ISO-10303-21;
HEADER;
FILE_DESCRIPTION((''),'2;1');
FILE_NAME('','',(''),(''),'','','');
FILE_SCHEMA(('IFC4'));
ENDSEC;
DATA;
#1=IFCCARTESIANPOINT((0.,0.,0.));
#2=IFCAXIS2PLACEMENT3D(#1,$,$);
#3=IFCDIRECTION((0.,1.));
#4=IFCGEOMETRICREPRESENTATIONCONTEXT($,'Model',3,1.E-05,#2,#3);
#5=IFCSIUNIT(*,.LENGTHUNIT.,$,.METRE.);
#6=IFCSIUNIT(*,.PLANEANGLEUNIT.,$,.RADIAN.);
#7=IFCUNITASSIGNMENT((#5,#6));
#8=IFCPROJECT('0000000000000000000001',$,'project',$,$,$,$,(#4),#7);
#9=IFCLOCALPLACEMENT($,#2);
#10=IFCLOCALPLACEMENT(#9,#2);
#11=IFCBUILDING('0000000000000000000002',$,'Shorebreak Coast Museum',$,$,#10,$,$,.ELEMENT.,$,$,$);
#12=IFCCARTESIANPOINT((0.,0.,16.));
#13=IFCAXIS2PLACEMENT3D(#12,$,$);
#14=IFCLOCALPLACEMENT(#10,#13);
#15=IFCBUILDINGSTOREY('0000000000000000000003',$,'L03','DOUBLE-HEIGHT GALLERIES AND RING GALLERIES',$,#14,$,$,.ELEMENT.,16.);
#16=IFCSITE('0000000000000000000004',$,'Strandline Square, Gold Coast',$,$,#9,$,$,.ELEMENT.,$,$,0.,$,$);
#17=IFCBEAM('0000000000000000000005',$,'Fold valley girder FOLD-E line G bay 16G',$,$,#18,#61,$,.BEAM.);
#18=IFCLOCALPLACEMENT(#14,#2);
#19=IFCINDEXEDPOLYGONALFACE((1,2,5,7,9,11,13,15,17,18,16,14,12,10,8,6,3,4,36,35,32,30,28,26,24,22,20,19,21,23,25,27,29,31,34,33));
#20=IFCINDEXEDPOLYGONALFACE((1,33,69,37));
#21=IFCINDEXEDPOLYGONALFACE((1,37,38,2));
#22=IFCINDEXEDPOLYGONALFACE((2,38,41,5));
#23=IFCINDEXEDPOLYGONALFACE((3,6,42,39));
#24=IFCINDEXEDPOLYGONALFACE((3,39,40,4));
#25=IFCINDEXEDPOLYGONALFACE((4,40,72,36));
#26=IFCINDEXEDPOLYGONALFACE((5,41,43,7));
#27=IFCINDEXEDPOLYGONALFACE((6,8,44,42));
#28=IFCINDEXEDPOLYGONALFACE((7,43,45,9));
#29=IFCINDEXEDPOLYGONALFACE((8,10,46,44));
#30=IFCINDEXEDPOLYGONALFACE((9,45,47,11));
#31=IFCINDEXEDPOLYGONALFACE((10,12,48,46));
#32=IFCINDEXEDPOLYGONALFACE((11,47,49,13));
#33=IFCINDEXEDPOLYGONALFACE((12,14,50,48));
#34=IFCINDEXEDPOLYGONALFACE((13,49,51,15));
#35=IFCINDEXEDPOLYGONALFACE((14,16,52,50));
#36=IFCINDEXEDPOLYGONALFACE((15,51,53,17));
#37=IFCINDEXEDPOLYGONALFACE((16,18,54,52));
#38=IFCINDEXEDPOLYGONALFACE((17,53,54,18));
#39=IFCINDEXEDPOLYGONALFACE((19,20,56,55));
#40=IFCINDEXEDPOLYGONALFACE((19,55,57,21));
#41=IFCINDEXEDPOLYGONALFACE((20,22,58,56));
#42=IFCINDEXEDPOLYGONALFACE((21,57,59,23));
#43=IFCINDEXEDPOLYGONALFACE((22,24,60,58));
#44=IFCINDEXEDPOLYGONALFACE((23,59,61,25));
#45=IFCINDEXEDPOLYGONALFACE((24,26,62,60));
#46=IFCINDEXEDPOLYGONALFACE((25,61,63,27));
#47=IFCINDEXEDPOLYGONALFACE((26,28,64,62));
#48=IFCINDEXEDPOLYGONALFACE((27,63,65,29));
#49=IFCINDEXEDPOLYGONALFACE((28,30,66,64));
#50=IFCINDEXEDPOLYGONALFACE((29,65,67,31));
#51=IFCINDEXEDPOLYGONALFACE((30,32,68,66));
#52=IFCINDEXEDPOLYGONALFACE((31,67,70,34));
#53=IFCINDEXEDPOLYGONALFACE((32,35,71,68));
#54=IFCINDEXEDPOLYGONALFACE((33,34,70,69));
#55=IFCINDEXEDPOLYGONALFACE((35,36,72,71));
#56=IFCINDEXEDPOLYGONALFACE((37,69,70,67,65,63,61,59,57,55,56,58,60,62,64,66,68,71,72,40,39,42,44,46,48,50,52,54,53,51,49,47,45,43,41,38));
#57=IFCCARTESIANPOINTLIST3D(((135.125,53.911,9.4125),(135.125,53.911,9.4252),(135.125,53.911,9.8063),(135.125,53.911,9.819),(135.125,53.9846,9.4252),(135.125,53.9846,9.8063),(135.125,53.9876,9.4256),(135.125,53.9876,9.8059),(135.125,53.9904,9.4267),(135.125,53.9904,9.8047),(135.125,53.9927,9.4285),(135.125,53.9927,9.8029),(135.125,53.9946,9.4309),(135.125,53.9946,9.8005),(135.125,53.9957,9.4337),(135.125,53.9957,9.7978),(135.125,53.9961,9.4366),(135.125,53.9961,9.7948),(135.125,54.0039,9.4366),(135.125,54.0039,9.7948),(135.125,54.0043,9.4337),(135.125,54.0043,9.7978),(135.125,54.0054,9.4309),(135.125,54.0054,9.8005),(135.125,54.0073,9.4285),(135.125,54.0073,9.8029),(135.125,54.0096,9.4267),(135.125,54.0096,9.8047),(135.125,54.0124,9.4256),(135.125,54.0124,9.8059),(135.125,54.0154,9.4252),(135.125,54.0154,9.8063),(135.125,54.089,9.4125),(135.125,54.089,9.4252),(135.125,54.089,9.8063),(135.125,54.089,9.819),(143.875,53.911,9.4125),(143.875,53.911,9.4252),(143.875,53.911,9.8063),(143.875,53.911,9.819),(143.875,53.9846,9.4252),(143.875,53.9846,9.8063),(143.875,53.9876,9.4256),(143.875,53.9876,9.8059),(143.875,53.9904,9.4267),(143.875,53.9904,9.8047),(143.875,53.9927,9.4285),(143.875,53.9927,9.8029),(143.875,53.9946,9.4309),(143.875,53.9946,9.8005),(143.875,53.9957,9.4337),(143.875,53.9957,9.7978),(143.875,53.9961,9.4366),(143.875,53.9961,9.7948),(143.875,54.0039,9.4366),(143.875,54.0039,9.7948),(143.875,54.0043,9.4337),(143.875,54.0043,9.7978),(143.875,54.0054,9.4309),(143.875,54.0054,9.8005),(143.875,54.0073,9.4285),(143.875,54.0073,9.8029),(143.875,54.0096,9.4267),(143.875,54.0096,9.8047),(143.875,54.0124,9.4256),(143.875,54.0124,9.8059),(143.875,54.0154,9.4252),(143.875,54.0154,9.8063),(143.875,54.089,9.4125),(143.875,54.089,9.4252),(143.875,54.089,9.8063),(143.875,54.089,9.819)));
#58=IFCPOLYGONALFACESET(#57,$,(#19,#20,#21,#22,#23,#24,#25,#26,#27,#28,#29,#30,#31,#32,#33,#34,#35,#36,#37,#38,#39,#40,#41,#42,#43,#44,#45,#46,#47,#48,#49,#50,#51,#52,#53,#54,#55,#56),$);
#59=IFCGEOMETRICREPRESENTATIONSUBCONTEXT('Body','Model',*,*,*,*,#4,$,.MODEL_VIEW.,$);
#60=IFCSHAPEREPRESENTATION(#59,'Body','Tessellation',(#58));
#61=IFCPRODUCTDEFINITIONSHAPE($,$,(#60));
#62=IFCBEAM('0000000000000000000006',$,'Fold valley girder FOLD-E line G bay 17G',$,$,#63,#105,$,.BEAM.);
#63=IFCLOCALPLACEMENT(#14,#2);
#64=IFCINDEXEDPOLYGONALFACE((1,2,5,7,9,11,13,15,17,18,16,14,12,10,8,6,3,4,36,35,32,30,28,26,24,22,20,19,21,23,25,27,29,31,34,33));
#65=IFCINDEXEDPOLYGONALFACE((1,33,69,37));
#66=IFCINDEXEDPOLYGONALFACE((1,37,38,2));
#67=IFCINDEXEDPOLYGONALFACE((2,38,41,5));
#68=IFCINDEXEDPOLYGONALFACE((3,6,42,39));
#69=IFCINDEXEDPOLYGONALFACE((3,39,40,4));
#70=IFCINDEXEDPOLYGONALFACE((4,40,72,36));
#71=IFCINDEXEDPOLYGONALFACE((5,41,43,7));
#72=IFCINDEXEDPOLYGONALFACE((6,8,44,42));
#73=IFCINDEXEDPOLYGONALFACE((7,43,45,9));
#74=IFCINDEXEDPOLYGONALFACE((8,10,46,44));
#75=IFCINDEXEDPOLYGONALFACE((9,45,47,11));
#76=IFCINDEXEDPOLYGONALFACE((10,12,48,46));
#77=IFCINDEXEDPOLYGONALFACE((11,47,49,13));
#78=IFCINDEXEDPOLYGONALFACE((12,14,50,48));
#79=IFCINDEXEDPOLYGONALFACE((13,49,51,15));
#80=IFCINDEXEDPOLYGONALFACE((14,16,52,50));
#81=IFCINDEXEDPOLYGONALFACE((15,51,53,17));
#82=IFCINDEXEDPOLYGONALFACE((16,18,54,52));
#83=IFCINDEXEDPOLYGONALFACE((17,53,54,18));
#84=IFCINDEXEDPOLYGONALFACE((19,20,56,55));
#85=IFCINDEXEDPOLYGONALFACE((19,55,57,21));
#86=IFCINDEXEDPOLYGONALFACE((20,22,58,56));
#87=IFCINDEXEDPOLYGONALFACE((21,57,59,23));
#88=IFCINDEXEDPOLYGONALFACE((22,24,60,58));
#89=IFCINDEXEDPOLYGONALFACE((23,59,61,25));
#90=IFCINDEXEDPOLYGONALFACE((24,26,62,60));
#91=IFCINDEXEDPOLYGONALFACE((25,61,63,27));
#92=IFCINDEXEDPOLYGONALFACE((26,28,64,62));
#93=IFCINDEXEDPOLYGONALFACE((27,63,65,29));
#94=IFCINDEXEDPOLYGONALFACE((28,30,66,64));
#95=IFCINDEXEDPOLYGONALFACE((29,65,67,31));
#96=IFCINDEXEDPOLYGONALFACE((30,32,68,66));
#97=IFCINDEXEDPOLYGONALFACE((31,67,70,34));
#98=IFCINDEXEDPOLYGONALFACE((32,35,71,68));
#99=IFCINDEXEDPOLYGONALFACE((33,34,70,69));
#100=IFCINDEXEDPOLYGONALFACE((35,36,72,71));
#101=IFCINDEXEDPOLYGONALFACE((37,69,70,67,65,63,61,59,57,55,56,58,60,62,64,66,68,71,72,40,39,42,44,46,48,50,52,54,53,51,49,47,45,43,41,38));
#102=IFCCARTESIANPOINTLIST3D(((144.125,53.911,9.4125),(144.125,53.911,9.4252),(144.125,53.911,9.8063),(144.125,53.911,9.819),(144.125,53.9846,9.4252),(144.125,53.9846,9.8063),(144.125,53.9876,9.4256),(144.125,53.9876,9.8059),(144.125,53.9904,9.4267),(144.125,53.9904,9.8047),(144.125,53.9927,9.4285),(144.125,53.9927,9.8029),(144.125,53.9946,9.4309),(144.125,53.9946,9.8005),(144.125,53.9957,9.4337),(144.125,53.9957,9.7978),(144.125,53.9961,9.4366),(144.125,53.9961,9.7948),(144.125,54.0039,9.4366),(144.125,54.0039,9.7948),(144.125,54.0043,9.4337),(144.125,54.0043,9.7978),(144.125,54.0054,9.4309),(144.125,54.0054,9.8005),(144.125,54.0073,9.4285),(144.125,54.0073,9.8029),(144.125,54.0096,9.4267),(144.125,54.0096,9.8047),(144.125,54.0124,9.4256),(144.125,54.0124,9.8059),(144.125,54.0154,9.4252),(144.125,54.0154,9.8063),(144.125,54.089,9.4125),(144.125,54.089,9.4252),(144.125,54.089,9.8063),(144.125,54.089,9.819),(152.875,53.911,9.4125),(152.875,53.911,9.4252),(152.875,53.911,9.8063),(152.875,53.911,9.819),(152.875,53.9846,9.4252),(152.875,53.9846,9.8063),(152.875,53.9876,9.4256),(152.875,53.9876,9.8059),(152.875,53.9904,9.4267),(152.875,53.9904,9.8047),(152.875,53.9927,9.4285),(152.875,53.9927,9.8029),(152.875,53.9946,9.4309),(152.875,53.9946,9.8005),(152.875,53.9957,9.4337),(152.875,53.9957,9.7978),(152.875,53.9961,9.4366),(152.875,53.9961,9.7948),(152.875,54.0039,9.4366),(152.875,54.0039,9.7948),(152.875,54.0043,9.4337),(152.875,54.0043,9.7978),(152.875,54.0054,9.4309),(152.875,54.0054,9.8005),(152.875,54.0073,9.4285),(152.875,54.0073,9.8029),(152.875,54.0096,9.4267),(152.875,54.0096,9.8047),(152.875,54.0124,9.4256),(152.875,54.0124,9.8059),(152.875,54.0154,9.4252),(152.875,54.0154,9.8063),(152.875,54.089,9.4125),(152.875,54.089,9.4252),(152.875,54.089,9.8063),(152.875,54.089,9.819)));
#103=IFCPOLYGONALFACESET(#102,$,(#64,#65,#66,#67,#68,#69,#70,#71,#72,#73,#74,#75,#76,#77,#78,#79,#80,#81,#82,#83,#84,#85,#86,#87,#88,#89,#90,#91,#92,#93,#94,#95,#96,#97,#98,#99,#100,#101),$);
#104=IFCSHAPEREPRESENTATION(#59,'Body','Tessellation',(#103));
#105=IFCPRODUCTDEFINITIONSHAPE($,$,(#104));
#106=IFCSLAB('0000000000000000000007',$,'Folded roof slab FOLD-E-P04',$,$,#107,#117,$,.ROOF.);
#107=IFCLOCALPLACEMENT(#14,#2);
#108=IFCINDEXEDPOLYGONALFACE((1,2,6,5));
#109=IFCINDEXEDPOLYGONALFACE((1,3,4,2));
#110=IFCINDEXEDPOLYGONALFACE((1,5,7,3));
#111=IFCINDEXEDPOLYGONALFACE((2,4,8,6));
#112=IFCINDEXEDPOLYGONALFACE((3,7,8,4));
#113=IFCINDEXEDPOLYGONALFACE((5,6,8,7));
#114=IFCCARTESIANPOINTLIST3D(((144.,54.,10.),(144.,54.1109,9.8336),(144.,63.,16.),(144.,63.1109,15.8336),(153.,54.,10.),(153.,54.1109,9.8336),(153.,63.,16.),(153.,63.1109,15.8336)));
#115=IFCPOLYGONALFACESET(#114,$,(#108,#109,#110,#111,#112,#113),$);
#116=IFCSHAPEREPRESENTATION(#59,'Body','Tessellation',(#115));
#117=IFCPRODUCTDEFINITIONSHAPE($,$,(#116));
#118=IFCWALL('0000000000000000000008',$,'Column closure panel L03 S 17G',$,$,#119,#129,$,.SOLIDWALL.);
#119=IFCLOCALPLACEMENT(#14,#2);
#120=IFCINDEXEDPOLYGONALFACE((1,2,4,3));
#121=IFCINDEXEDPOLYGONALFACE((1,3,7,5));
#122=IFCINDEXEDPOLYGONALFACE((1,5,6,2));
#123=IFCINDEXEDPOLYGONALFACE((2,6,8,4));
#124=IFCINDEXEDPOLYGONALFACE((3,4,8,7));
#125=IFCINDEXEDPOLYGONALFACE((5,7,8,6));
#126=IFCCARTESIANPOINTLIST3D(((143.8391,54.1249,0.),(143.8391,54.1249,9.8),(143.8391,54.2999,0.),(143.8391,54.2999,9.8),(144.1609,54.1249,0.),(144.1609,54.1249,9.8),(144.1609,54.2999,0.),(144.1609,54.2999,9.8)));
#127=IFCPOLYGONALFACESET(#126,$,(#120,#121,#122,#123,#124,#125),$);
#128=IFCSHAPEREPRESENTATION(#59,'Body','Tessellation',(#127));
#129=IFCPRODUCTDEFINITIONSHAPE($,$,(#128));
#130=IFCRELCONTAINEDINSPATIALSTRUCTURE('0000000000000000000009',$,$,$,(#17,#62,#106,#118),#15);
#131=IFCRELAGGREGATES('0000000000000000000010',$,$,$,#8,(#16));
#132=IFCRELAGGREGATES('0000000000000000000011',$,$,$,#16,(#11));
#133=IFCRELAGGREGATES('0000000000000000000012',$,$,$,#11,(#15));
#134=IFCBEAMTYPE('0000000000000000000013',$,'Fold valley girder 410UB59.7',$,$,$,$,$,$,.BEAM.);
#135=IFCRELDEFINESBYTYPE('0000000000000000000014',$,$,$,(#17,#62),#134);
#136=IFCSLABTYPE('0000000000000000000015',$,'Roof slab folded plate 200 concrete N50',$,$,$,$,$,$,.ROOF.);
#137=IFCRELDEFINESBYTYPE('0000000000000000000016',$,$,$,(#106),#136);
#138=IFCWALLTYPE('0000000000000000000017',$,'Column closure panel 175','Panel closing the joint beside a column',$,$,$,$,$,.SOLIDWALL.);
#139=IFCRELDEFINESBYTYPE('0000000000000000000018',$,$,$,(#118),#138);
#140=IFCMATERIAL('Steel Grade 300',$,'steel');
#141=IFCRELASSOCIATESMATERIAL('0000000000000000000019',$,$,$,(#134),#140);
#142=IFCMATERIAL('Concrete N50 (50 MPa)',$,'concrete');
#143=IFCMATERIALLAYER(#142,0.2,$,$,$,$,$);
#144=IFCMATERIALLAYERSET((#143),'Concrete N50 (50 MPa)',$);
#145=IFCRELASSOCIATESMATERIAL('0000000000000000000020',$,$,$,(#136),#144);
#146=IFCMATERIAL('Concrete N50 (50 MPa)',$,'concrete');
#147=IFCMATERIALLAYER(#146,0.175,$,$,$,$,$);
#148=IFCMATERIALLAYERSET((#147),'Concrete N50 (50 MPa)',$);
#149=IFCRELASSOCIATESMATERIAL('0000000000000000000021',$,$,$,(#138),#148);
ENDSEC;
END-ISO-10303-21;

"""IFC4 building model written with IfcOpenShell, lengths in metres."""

from ifc_helpers import new_model, si_unit, direction, frame, frame_2d, origin, origin_2d, place, context, subcontext, project, spatial, polyline, rectangle, i_section, outline, extrude, material, layer, layer_set, material_profile, profile_set, type_object, element, save


model = new_model("IFC4")

# Units and contexts
model_context = context("Model", 3, precision=1e-05, world=origin(), true_north=direction((0.0, 1.0)))
body_context = subcontext(model_context, "Body", "Model", "MODEL_VIEW")
ifc_project = project(units=[si_unit("LENGTHUNIT", "METRE"), si_unit("PLANEANGLEUNIT", "RADIAN")], contexts=[model_context])

# Site, building, storey
site_placement = place(None, origin())
site = spatial("IfcSite", under=ifc_project, at=site_placement, Name="Strandline Square, Gold Coast", CompositionType="ELEMENT", RefElevation=0.0)
building_placement = place(site_placement, origin())
building = spatial("IfcBuilding", under=site, at=building_placement, Name="Shorebreak Coast Museum", CompositionType="ELEMENT")
storey_placement = place(building_placement, frame((0.0, 0.0, 16.0)))
storey = spatial("IfcBuildingStorey", under=building, at=storey_placement, Name="L03", Description="DOUBLE-HEIGHT GALLERIES AND RING GALLERIES", CompositionType="ELEMENT", Elevation=16.0)

# Beams
ifc_material_1 = material(Name="Steel Grade 300", Category="steel")
ifc_material_profile_1 = material_profile(ifc_material_1, i_section(OverallWidth=0.178, OverallDepth=0.4065, WebThickness=0.0078, FlangeThickness=0.0127, FilletRadius=0.0115, at=origin_2d()), Name="410UB59.7")
ifc_profile_set_1 = profile_set([ifc_material_profile_1], Name="Steel Grade 300")
beam_type_1 = type_object("IfcBeamType", Name="Fold valley girder 410UB59.7", PredefinedType="BEAM", material=ifc_profile_set_1)
for number, where, z_axis, x_axis, name in (
    (1, (135.125, 54.0, 9.6157), (1.0, 0.0, 0.0), (0.0, 1.0, 0.0), "Fold valley girder FOLD-E line G bay 16G"),
    (2, (144.125, 54.0, 9.6157), (1.0, 0.0, 0.0), (0.0, 1.0, 0.0), "Fold valley girder FOLD-E line G bay 17G"),
):
    element("IfcBeam", number, at=place(storey_placement, frame(where, z_axis=z_axis, x_axis=x_axis)), inside=storey, type_object=beam_type_1, Name=name, PredefinedType="BEAM", context=body_context, shape_type="SweptSolid", body=[
        extrude(i_section(OverallWidth=0.178, OverallDepth=0.4065, WebThickness=0.0078, FlangeThickness=0.0127, FilletRadius=0.0115, at=origin_2d()), origin(), (0.0, 0.0, 1.0), 8.75),
    ])

# Slab
ifc_material_2 = material(Name="Concrete N50 (50 MPa)", Category="concrete")
ifc_layer_1 = layer(ifc_material_2, 0.2)
ifc_layer_set_1 = layer_set([ifc_layer_1], Name="Concrete N50 (50 MPa)")
slab_type = type_object("IfcSlabType", Name="Roof slab folded plate 200 concrete N50", PredefinedType="ROOF", material=ifc_layer_set_1)
slab_placement = place(storey_placement, frame((144.0, 54.0, 10.0), z_axis=(0.0, -0.5547, 0.83205), x_axis=(1.0, 0.0, 0.0)))
element("IfcSlab", 3, at=slab_placement, inside=storey, type_object=slab_type, Name="Folded roof slab FOLD-E-P04", PredefinedType="ROOF", context=body_context, shape_type="SweptSolid", body=[
    extrude(outline(polyline([(0.0, 0.0), (9.0, 0.0), (9.0, 10.8167), (0.0, 10.8167), (0.0, 0.0)])), origin(), (0.0, 0.0, -1.0), 0.2),
])

# Wall
ifc_material_3 = material(Name="Concrete N50 (50 MPa)", Category="concrete")
ifc_layer_2 = layer(ifc_material_3, 0.175)
ifc_layer_set_2 = layer_set([ifc_layer_2], Name="Concrete N50 (50 MPa)")
wall_type_1 = type_object("IfcWallType", Name="Column closure panel 175", Description="Panel closing the joint beside a column", PredefinedType="SOLIDWALL", material=ifc_layer_set_2)
wall_1_placement = place(storey_placement, frame((143.8391, 54.2124, 0.0), z_axis=(0.0, 0.0, 1.0), x_axis=(1.0, 0.0, 0.0)))
element("IfcWall", 4, at=wall_1_placement, inside=storey, type_object=wall_type_1, Name="Column closure panel L03 S 17G", PredefinedType="SOLIDWALL", context=body_context, shape_type="SweptSolid", body=[
    extrude(rectangle(XDim=0.3218, YDim=0.175, at=frame_2d((0.1609, 0.0))), origin(), (0.0, 0.0, 1.0), 9.8),
])

save(model, "model.ifc")
